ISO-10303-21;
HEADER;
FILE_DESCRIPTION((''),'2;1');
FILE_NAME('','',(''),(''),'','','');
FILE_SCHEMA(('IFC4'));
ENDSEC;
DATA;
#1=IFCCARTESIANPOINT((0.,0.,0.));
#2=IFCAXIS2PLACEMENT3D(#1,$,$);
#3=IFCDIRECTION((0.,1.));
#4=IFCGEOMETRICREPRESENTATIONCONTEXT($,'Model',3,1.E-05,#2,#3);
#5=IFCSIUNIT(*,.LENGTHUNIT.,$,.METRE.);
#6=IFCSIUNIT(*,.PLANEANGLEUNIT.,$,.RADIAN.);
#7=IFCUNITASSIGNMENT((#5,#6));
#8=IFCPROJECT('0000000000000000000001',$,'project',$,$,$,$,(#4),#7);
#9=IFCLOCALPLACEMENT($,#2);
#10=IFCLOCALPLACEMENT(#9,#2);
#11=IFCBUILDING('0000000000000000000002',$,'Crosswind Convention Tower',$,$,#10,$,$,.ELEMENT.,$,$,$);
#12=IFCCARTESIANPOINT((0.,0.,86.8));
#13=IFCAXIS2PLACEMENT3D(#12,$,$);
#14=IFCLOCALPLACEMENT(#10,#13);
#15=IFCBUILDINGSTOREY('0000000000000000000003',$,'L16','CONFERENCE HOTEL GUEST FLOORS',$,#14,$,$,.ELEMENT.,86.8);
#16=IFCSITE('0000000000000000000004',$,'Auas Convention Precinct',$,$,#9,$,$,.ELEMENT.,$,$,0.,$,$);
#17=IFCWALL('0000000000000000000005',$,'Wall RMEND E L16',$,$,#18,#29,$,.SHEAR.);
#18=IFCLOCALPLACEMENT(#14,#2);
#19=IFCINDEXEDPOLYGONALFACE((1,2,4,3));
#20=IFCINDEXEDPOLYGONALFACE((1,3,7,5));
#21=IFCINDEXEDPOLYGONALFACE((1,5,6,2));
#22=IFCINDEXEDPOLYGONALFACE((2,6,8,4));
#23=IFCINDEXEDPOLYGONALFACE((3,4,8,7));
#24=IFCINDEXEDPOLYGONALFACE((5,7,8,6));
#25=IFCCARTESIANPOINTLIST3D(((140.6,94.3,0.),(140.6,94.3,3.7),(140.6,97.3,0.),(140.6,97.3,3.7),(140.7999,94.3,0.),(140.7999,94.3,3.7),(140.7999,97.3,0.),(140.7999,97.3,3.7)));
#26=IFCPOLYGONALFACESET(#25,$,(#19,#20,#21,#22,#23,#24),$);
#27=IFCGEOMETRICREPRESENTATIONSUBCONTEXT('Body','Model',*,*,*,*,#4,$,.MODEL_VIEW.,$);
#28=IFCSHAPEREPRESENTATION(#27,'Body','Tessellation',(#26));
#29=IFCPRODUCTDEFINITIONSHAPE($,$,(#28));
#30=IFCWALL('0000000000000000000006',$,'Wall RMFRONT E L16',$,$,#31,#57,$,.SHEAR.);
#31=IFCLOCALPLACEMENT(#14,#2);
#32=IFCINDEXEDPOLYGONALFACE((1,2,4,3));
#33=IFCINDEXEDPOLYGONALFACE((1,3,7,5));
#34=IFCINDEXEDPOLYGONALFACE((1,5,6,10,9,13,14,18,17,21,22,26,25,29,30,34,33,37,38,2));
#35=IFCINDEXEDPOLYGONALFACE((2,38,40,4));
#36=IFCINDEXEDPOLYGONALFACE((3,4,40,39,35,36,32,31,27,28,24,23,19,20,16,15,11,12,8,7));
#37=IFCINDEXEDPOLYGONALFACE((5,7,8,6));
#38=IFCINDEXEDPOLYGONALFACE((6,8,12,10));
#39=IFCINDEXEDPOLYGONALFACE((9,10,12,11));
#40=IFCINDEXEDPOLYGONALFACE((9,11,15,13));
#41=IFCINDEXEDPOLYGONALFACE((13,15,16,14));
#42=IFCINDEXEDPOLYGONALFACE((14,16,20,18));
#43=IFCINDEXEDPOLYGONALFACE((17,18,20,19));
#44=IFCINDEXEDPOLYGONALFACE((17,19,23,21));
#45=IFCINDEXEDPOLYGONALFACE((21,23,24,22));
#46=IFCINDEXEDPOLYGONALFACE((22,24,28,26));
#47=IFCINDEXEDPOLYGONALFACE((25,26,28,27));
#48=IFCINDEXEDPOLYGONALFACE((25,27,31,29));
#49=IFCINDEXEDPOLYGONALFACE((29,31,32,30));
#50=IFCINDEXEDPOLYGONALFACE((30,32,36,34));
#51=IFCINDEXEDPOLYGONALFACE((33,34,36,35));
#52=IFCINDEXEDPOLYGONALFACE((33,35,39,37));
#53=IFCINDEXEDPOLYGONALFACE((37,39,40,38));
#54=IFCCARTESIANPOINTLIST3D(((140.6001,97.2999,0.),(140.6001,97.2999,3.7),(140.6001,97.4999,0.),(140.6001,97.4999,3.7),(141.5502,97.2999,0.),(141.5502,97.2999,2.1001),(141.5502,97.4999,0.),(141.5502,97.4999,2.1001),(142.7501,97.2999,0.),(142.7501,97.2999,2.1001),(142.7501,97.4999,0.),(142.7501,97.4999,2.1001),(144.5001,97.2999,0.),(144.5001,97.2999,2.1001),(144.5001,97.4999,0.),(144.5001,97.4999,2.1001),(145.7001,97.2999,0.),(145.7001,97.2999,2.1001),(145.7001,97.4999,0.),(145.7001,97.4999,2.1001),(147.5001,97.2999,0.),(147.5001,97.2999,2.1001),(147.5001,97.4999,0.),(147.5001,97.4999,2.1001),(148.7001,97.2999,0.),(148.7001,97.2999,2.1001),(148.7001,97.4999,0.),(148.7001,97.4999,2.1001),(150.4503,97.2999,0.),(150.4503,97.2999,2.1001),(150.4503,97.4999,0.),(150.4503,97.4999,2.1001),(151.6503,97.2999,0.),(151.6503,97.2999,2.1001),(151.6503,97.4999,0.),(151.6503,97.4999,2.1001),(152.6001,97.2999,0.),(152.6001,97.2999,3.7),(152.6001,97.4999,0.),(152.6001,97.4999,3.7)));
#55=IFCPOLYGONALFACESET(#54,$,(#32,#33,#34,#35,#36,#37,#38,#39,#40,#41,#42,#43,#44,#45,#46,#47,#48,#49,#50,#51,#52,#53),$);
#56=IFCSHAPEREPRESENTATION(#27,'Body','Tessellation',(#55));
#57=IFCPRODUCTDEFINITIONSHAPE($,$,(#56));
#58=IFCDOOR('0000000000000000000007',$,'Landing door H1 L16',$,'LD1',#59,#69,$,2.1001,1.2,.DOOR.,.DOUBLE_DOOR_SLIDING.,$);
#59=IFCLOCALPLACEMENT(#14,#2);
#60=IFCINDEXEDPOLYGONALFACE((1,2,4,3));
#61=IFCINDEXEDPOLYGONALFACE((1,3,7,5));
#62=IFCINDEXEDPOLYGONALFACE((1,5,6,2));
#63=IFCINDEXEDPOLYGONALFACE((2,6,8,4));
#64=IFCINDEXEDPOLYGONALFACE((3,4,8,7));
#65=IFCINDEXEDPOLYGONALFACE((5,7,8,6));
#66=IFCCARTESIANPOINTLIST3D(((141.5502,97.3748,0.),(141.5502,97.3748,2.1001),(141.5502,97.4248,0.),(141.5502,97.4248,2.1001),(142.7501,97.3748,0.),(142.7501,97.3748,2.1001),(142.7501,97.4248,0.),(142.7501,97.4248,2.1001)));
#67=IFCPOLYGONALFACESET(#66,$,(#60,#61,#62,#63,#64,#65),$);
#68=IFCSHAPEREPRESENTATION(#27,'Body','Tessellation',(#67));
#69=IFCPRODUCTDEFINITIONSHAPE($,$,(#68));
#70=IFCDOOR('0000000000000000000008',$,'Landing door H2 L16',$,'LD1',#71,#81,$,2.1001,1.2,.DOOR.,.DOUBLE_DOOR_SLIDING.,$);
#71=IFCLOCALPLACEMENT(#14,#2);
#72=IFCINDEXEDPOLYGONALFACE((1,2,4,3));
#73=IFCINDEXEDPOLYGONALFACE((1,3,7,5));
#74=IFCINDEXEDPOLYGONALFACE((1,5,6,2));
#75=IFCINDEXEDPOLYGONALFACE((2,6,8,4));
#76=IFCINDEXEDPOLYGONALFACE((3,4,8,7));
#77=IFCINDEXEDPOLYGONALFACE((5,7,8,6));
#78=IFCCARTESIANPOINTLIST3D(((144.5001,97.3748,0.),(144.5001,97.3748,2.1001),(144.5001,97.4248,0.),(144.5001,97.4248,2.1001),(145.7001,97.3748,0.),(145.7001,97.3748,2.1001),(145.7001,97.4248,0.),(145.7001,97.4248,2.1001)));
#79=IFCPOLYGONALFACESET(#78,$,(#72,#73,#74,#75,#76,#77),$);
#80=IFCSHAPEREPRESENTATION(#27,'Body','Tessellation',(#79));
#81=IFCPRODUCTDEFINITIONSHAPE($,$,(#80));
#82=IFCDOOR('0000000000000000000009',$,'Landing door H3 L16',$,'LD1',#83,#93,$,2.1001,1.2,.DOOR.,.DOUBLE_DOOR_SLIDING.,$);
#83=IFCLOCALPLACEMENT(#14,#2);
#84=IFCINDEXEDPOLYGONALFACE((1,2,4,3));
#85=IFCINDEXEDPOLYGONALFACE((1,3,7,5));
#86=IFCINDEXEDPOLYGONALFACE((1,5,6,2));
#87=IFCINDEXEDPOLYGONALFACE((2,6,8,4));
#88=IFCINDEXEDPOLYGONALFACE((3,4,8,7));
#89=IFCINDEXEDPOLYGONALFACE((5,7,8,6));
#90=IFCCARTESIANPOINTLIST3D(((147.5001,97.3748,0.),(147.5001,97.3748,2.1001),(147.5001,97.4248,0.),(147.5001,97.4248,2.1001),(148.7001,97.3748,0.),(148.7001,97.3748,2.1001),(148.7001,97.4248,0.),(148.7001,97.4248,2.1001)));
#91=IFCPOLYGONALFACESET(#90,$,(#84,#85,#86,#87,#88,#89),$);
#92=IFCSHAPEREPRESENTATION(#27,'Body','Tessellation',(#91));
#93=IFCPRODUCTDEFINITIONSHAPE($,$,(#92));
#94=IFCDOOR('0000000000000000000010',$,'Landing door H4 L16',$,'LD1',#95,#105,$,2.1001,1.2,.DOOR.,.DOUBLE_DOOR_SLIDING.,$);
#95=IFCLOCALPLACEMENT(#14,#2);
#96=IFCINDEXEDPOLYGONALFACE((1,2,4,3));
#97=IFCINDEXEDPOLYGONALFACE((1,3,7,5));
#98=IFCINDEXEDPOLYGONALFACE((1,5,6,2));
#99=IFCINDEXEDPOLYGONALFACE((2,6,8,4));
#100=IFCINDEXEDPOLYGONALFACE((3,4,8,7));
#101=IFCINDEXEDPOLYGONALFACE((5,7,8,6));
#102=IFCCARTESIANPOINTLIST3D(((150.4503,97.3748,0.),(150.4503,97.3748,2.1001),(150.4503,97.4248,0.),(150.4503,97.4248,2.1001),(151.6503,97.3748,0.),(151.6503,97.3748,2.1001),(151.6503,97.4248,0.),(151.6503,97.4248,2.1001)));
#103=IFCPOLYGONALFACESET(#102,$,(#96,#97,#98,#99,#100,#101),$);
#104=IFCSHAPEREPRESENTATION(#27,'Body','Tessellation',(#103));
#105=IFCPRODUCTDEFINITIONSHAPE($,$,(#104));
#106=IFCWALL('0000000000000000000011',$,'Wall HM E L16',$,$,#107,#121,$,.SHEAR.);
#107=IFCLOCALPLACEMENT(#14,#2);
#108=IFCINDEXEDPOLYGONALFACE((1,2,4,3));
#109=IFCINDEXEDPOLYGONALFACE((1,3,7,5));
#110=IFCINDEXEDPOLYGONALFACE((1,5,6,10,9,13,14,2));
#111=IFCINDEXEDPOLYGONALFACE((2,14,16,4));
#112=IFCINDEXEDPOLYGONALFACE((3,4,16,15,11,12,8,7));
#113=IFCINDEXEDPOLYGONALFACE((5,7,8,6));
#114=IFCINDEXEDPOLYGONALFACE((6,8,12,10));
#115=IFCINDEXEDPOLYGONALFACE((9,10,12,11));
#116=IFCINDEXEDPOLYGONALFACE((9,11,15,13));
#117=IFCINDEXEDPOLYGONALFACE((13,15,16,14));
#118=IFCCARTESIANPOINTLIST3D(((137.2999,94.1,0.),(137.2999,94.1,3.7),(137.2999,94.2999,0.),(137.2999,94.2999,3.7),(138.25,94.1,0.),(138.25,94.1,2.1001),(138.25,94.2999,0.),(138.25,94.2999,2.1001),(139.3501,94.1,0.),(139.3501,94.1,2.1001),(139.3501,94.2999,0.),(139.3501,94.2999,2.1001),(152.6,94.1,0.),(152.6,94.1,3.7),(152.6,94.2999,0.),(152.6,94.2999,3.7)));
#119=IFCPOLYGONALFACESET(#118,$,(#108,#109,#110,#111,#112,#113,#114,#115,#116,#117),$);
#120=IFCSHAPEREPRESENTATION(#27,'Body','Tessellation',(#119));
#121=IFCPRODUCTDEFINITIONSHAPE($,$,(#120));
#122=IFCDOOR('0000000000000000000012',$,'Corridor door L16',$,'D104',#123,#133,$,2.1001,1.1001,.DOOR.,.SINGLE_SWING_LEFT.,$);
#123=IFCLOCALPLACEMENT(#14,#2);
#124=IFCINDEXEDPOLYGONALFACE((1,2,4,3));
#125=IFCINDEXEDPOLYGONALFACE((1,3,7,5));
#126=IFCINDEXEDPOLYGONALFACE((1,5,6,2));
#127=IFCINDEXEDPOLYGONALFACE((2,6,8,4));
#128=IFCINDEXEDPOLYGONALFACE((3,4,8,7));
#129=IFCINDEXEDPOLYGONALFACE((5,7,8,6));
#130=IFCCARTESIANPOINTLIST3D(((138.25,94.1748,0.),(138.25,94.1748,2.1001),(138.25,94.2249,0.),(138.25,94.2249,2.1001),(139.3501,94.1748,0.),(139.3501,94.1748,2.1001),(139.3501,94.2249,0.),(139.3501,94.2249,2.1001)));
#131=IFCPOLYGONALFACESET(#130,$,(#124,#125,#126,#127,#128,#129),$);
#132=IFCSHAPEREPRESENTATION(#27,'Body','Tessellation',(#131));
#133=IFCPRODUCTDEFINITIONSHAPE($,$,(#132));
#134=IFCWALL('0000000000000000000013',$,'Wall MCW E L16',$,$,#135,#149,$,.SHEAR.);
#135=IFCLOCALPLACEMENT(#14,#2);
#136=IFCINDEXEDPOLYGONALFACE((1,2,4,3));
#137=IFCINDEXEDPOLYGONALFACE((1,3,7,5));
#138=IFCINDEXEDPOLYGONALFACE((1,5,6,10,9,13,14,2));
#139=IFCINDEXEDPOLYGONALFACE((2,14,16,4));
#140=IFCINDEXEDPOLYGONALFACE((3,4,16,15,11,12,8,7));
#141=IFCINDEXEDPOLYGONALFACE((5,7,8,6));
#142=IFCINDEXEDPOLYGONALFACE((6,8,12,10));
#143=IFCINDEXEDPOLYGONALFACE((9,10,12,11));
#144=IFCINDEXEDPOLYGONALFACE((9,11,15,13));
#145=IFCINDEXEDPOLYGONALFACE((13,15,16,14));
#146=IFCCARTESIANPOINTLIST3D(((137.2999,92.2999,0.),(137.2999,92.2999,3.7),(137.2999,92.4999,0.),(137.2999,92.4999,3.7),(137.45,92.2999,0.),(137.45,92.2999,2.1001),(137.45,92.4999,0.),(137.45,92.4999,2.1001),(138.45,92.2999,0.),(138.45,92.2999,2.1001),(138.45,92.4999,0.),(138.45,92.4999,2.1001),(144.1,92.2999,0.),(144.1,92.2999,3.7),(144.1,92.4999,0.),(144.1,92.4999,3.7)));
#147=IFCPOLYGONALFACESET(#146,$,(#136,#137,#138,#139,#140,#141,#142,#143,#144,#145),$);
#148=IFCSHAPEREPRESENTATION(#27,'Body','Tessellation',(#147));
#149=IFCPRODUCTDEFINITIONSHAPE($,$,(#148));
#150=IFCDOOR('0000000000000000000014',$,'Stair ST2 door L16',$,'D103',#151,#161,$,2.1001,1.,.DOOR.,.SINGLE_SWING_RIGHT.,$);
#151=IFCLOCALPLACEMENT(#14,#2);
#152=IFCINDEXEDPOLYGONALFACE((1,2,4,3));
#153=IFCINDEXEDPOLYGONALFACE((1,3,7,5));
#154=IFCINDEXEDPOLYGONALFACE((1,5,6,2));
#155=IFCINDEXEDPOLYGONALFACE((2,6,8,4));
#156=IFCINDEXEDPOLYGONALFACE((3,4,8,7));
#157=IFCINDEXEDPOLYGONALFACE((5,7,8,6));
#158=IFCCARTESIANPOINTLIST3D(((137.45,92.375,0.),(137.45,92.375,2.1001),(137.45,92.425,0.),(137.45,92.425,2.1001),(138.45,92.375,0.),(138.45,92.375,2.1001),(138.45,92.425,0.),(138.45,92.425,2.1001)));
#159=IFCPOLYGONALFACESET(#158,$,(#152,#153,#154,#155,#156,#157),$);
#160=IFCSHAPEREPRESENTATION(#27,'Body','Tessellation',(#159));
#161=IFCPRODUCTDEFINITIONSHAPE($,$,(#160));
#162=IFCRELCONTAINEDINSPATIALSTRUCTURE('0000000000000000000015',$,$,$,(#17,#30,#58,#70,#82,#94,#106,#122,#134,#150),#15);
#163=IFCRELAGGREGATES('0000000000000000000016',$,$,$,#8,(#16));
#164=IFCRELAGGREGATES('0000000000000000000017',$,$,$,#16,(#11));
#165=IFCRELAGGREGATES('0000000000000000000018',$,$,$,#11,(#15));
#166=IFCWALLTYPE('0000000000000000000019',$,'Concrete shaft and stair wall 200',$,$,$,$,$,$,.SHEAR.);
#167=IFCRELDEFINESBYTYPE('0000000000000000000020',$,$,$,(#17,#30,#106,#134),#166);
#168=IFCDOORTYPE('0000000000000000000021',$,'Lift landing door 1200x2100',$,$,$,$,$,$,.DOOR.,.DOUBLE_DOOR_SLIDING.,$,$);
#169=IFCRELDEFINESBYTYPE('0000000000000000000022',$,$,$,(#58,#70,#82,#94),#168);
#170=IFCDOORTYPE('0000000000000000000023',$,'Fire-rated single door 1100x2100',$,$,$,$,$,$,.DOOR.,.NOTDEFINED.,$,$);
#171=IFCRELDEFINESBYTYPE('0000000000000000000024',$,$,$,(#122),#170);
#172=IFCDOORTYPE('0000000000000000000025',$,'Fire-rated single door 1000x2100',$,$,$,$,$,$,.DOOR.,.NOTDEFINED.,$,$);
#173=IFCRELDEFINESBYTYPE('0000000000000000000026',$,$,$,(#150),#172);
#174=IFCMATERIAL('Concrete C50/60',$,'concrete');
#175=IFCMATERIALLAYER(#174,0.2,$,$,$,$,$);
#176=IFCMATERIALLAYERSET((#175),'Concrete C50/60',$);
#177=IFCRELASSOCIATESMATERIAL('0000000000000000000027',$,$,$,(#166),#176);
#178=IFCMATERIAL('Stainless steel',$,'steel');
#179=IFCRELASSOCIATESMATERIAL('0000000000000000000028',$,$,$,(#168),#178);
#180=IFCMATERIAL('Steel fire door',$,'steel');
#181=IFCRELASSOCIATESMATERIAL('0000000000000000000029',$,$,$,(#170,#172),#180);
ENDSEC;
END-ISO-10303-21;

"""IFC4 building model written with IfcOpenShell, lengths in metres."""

from ifc_helpers import new_model, si_unit, direction, frame, frame_2d, origin, place, context, subcontext, project, spatial, rectangle, extrude, material, layer, layer_set, type_object, element, fill, save


model = new_model("IFC4")

# Units and contexts
model_context = context("Model", 3, precision=1e-05, world=origin(), true_north=direction((0.0, 1.0)))
body_context = subcontext(model_context, "Body", "Model", "MODEL_VIEW")
ifc_project = project(units=[si_unit("LENGTHUNIT", "METRE"), si_unit("PLANEANGLEUNIT", "RADIAN")], contexts=[model_context])

# Site, building, storey
site_placement = place(None, origin())
site = spatial("IfcSite", under=ifc_project, at=site_placement, Name="Auas Convention Precinct", CompositionType="ELEMENT", RefElevation=0.0)
building_placement = place(site_placement, origin())
building = spatial("IfcBuilding", under=site, at=building_placement, Name="Crosswind Convention Tower", CompositionType="ELEMENT")
storey_placement = place(building_placement, frame((0.0, 0.0, 86.8)))
storey = spatial("IfcBuildingStorey", under=building, at=storey_placement, Name="L16", Description="CONFERENCE HOTEL GUEST FLOORS", CompositionType="ELEMENT", Elevation=86.8)

# Wall
ifc_material_1 = material(Name="Concrete C50/60", Category="concrete")
ifc_layer = layer(ifc_material_1, 0.2)
ifc_layer_set = layer_set([ifc_layer], Name="Concrete C50/60")
wall_type = type_object("IfcWallType", Name="Concrete shaft and stair wall 200", PredefinedType="SHEAR", material=ifc_layer_set)
wall_1_placement = place(storey_placement, frame((140.7, 94.3, 0.0), z_axis=(0.0, 0.0, 1.0), x_axis=(0.0, 1.0, 0.0)))
element("IfcWall", 1, at=wall_1_placement, inside=storey, type_object=wall_type, Name="Wall RMEND E L16", PredefinedType="SHEAR", context=body_context, shape_type="SweptSolid", body=[
    extrude(rectangle(XDim=3.0, YDim=0.2, at=frame_2d((1.5, 0.0))), origin(), (0.0, 0.0, 1.0), 3.7),
])

# Wall, openings, doors
wall_2_placement = place(storey_placement, frame((140.6001, 97.3999, 0.0), z_axis=(0.0, 0.0, 1.0), x_axis=(1.0, 0.0, 0.0)))
wall_2 = element("IfcWall", 2, at=wall_2_placement, inside=storey, type_object=wall_type, Name="Wall RMFRONT E L16", PredefinedType="SHEAR", context=body_context, shape_type="SweptSolid", body=[
    extrude(rectangle(XDim=12.0, YDim=0.2, at=frame_2d((6.0, 0.0))), origin(), (0.0, 0.0, 1.0), 3.7),
])
opening_1_placement = place(wall_2_placement, frame((0.95, 0.0, 0.0)))
opening_1 = element("IfcOpeningElement", 3, at=opening_1_placement, cuts=wall_2, PredefinedType="OPENING", context=body_context, shape_type="SweptSolid", body=[
    extrude(rectangle(XDim=1.2, YDim=2.1001, at=frame_2d((0.6001, 1.05))), frame((0.0, 0.1099, 0.0), z_axis=(0.0, -1.0, 0.0), x_axis=(1.0, 0.0, 0.0)), (0.0, 0.0, 1.0), 0.22),
])
opening_2_placement = place(wall_2_placement, frame((3.8999, 0.0, 0.0)))
opening_2 = element("IfcOpeningElement", 4, at=opening_2_placement, cuts=wall_2, PredefinedType="OPENING", context=body_context, shape_type="SweptSolid", body=[
    extrude(rectangle(XDim=1.2, YDim=2.1001, at=frame_2d((0.6001, 1.05))), frame((0.0, 0.1099, 0.0), z_axis=(0.0, -1.0, 0.0), x_axis=(1.0, 0.0, 0.0)), (0.0, 0.0, 1.0), 0.22),
])
opening_3_placement = place(wall_2_placement, frame((6.8999, 0.0, 0.0)))
opening_3 = element("IfcOpeningElement", 5, at=opening_3_placement, cuts=wall_2, PredefinedType="OPENING", context=body_context, shape_type="SweptSolid", body=[
    extrude(rectangle(XDim=1.2, YDim=2.1001, at=frame_2d((0.6001, 1.05))), frame((0.0, 0.1099, 0.0), z_axis=(0.0, -1.0, 0.0), x_axis=(1.0, 0.0, 0.0)), (0.0, 0.0, 1.0), 0.22),
])
opening_4_placement = place(wall_2_placement, frame((9.8501, 0.0, 0.0)))
opening_4 = element("IfcOpeningElement", 6, at=opening_4_placement, cuts=wall_2, PredefinedType="OPENING", context=body_context, shape_type="SweptSolid", body=[
    extrude(rectangle(XDim=1.2, YDim=2.1001, at=frame_2d((0.6001, 1.05))), frame((0.0, 0.1099, 0.0), z_axis=(0.0, -1.0, 0.0), x_axis=(1.0, 0.0, 0.0)), (0.0, 0.0, 1.0), 0.22),
])
ifc_material_2 = material(Name="Stainless steel", Category="steel")
door_type_1 = type_object("IfcDoorType", Name="Lift landing door 1200x2100", OperationType="DOUBLE_DOOR_SLIDING", PredefinedType="DOOR", material=ifc_material_2)
door_1_placement = place(opening_1_placement, origin())
door_1 = element("IfcDoor", 7, at=door_1_placement, inside=storey, type_object=door_type_1, Name="Landing door H1 L16", ObjectType="LD1", OperationType="DOUBLE_DOOR_SLIDING", OverallHeight=2.1001, OverallWidth=1.2, PredefinedType="DOOR", context=body_context, shape_type="SweptSolid", body=[
    extrude(rectangle(XDim=1.2, YDim=2.1001, at=frame_2d((0.6001, 1.05))), frame((0.0, 0.0249, 0.0), z_axis=(0.0, -1.0, 0.0), x_axis=(1.0, 0.0, 0.0)), (0.0, 0.0, 1.0), 0.05),
])
fill(opening_1, door_1)
door_2_placement = place(opening_2_placement, origin())
door_2 = element("IfcDoor", 8, at=door_2_placement, inside=storey, type_object=door_type_1, Name="Landing door H2 L16", ObjectType="LD1", OperationType="DOUBLE_DOOR_SLIDING", OverallHeight=2.1001, OverallWidth=1.2, PredefinedType="DOOR", context=body_context, shape_type="SweptSolid", body=[
    extrude(rectangle(XDim=1.2, YDim=2.1001, at=frame_2d((0.6001, 1.05))), frame((0.0, 0.0249, 0.0), z_axis=(0.0, -1.0, 0.0), x_axis=(1.0, 0.0, 0.0)), (0.0, 0.0, 1.0), 0.05),
])
fill(opening_2, door_2)
door_3_placement = place(opening_3_placement, origin())
door_3 = element("IfcDoor", 9, at=door_3_placement, inside=storey, type_object=door_type_1, Name="Landing door H3 L16", ObjectType="LD1", OperationType="DOUBLE_DOOR_SLIDING", OverallHeight=2.1001, OverallWidth=1.2, PredefinedType="DOOR", context=body_context, shape_type="SweptSolid", body=[
    extrude(rectangle(XDim=1.2, YDim=2.1001, at=frame_2d((0.6001, 1.05))), frame((0.0, 0.0249, 0.0), z_axis=(0.0, -1.0, 0.0), x_axis=(1.0, 0.0, 0.0)), (0.0, 0.0, 1.0), 0.05),
])
fill(opening_3, door_3)
door_4_placement = place(opening_4_placement, origin())
door_4 = element("IfcDoor", 10, at=door_4_placement, inside=storey, type_object=door_type_1, Name="Landing door H4 L16", ObjectType="LD1", OperationType="DOUBLE_DOOR_SLIDING", OverallHeight=2.1001, OverallWidth=1.2, PredefinedType="DOOR", context=body_context, shape_type="SweptSolid", body=[
    extrude(rectangle(XDim=1.2, YDim=2.1001, at=frame_2d((0.6001, 1.05))), frame((0.0, 0.0249, 0.0), z_axis=(0.0, -1.0, 0.0), x_axis=(1.0, 0.0, 0.0)), (0.0, 0.0, 1.0), 0.05),
])
fill(opening_4, door_4)

# Walls, openings, doors
wall_3_placement = place(storey_placement, frame((137.3, 94.2, 0.0), z_axis=(0.0, 0.0, 1.0), x_axis=(1.0, 0.0, 0.0)))
wall_3 = element("IfcWall", 11, at=wall_3_placement, inside=storey, type_object=wall_type, Name="Wall HM E L16", PredefinedType="SHEAR", context=body_context, shape_type="SweptSolid", body=[
    extrude(rectangle(XDim=15.3, YDim=0.2, at=frame_2d((7.6499, 0.0))), origin(), (0.0, 0.0, 1.0), 3.7),
])
opening_5_placement = place(wall_3_placement, frame((0.95, 0.0, 0.0)))
opening_5 = element("IfcOpeningElement", 12, at=opening_5_placement, cuts=wall_3, PredefinedType="OPENING", context=body_context, shape_type="SweptSolid", body=[
    extrude(rectangle(XDim=1.1001, YDim=2.1001, at=frame_2d((0.55, 1.05))), frame((0.0, 0.1099, 0.0), z_axis=(0.0, -1.0, 0.0), x_axis=(1.0, 0.0, 0.0)), (0.0, 0.0, 1.0), 0.22),
])
ifc_material_3 = material(Name="Steel fire door", Category="steel")
door_type_2 = type_object("IfcDoorType", Name="Fire-rated single door 1100x2100", OperationType="NOTDEFINED", PredefinedType="DOOR", material=ifc_material_3)
door_5_placement = place(opening_5_placement, origin())
door_5 = element("IfcDoor", 13, at=door_5_placement, inside=storey, type_object=door_type_2, Name="Corridor door L16", ObjectType="D104", OperationType="SINGLE_SWING_LEFT", OverallHeight=2.1001, OverallWidth=1.1001, PredefinedType="DOOR", context=body_context, shape_type="SweptSolid", body=[
    extrude(rectangle(XDim=1.1001, YDim=2.1001, at=frame_2d((0.55, 1.05))), frame((0.0, 0.0249, 0.0), z_axis=(0.0, -1.0, 0.0), x_axis=(1.0, 0.0, 0.0)), (0.0, 0.0, 1.0), 0.05),
])
fill(opening_5, door_5)
wall_4_placement = place(storey_placement, frame((137.3, 92.3999, 0.0), z_axis=(0.0, 0.0, 1.0), x_axis=(1.0, 0.0, 0.0)))
wall_4 = element("IfcWall", 14, at=wall_4_placement, inside=storey, type_object=wall_type, Name="Wall MCW E L16", PredefinedType="SHEAR", context=body_context, shape_type="SweptSolid", body=[
    extrude(rectangle(XDim=6.8, YDim=0.2, at=frame_2d((3.3999, 0.0))), origin(), (0.0, 0.0, 1.0), 3.7),
])
opening_6_placement = place(wall_4_placement, frame((0.1499, 0.0, 0.0)))
opening_6 = element("IfcOpeningElement", 15, at=opening_6_placement, cuts=wall_4, PredefinedType="OPENING", context=body_context, shape_type="SweptSolid", body=[
    extrude(rectangle(XDim=1.0, YDim=2.1001, at=frame_2d((0.5, 1.05))), frame((0.0, 0.1099, 0.0), z_axis=(0.0, -1.0, 0.0), x_axis=(1.0, 0.0, 0.0)), (0.0, 0.0, 1.0), 0.22),
])
door_type_3 = type_object("IfcDoorType", Name="Fire-rated single door 1000x2100", OperationType="NOTDEFINED", PredefinedType="DOOR", material=ifc_material_3)
door_6_placement = place(opening_6_placement, frame((1.0, 0.0, 0.0), z_axis=(0.0, 0.0, 1.0), x_axis=(-1.0, 0.0, 0.0)))
door_6 = element("IfcDoor", 16, at=door_6_placement, inside=storey, type_object=door_type_3, Name="Stair ST2 door L16", ObjectType="D103", OperationType="SINGLE_SWING_RIGHT", OverallHeight=2.1001, OverallWidth=1.0, PredefinedType="DOOR", context=body_context, shape_type="SweptSolid", body=[
    extrude(rectangle(XDim=1.0, YDim=2.1001, at=frame_2d((0.5, 1.05))), frame((0.0, 0.0249, 0.0), z_axis=(0.0, -1.0, 0.0), x_axis=(1.0, 0.0, 0.0)), (0.0, 0.0, 1.0), 0.05),
])
fill(opening_6, door_6)

save(model, "model.ifc")
